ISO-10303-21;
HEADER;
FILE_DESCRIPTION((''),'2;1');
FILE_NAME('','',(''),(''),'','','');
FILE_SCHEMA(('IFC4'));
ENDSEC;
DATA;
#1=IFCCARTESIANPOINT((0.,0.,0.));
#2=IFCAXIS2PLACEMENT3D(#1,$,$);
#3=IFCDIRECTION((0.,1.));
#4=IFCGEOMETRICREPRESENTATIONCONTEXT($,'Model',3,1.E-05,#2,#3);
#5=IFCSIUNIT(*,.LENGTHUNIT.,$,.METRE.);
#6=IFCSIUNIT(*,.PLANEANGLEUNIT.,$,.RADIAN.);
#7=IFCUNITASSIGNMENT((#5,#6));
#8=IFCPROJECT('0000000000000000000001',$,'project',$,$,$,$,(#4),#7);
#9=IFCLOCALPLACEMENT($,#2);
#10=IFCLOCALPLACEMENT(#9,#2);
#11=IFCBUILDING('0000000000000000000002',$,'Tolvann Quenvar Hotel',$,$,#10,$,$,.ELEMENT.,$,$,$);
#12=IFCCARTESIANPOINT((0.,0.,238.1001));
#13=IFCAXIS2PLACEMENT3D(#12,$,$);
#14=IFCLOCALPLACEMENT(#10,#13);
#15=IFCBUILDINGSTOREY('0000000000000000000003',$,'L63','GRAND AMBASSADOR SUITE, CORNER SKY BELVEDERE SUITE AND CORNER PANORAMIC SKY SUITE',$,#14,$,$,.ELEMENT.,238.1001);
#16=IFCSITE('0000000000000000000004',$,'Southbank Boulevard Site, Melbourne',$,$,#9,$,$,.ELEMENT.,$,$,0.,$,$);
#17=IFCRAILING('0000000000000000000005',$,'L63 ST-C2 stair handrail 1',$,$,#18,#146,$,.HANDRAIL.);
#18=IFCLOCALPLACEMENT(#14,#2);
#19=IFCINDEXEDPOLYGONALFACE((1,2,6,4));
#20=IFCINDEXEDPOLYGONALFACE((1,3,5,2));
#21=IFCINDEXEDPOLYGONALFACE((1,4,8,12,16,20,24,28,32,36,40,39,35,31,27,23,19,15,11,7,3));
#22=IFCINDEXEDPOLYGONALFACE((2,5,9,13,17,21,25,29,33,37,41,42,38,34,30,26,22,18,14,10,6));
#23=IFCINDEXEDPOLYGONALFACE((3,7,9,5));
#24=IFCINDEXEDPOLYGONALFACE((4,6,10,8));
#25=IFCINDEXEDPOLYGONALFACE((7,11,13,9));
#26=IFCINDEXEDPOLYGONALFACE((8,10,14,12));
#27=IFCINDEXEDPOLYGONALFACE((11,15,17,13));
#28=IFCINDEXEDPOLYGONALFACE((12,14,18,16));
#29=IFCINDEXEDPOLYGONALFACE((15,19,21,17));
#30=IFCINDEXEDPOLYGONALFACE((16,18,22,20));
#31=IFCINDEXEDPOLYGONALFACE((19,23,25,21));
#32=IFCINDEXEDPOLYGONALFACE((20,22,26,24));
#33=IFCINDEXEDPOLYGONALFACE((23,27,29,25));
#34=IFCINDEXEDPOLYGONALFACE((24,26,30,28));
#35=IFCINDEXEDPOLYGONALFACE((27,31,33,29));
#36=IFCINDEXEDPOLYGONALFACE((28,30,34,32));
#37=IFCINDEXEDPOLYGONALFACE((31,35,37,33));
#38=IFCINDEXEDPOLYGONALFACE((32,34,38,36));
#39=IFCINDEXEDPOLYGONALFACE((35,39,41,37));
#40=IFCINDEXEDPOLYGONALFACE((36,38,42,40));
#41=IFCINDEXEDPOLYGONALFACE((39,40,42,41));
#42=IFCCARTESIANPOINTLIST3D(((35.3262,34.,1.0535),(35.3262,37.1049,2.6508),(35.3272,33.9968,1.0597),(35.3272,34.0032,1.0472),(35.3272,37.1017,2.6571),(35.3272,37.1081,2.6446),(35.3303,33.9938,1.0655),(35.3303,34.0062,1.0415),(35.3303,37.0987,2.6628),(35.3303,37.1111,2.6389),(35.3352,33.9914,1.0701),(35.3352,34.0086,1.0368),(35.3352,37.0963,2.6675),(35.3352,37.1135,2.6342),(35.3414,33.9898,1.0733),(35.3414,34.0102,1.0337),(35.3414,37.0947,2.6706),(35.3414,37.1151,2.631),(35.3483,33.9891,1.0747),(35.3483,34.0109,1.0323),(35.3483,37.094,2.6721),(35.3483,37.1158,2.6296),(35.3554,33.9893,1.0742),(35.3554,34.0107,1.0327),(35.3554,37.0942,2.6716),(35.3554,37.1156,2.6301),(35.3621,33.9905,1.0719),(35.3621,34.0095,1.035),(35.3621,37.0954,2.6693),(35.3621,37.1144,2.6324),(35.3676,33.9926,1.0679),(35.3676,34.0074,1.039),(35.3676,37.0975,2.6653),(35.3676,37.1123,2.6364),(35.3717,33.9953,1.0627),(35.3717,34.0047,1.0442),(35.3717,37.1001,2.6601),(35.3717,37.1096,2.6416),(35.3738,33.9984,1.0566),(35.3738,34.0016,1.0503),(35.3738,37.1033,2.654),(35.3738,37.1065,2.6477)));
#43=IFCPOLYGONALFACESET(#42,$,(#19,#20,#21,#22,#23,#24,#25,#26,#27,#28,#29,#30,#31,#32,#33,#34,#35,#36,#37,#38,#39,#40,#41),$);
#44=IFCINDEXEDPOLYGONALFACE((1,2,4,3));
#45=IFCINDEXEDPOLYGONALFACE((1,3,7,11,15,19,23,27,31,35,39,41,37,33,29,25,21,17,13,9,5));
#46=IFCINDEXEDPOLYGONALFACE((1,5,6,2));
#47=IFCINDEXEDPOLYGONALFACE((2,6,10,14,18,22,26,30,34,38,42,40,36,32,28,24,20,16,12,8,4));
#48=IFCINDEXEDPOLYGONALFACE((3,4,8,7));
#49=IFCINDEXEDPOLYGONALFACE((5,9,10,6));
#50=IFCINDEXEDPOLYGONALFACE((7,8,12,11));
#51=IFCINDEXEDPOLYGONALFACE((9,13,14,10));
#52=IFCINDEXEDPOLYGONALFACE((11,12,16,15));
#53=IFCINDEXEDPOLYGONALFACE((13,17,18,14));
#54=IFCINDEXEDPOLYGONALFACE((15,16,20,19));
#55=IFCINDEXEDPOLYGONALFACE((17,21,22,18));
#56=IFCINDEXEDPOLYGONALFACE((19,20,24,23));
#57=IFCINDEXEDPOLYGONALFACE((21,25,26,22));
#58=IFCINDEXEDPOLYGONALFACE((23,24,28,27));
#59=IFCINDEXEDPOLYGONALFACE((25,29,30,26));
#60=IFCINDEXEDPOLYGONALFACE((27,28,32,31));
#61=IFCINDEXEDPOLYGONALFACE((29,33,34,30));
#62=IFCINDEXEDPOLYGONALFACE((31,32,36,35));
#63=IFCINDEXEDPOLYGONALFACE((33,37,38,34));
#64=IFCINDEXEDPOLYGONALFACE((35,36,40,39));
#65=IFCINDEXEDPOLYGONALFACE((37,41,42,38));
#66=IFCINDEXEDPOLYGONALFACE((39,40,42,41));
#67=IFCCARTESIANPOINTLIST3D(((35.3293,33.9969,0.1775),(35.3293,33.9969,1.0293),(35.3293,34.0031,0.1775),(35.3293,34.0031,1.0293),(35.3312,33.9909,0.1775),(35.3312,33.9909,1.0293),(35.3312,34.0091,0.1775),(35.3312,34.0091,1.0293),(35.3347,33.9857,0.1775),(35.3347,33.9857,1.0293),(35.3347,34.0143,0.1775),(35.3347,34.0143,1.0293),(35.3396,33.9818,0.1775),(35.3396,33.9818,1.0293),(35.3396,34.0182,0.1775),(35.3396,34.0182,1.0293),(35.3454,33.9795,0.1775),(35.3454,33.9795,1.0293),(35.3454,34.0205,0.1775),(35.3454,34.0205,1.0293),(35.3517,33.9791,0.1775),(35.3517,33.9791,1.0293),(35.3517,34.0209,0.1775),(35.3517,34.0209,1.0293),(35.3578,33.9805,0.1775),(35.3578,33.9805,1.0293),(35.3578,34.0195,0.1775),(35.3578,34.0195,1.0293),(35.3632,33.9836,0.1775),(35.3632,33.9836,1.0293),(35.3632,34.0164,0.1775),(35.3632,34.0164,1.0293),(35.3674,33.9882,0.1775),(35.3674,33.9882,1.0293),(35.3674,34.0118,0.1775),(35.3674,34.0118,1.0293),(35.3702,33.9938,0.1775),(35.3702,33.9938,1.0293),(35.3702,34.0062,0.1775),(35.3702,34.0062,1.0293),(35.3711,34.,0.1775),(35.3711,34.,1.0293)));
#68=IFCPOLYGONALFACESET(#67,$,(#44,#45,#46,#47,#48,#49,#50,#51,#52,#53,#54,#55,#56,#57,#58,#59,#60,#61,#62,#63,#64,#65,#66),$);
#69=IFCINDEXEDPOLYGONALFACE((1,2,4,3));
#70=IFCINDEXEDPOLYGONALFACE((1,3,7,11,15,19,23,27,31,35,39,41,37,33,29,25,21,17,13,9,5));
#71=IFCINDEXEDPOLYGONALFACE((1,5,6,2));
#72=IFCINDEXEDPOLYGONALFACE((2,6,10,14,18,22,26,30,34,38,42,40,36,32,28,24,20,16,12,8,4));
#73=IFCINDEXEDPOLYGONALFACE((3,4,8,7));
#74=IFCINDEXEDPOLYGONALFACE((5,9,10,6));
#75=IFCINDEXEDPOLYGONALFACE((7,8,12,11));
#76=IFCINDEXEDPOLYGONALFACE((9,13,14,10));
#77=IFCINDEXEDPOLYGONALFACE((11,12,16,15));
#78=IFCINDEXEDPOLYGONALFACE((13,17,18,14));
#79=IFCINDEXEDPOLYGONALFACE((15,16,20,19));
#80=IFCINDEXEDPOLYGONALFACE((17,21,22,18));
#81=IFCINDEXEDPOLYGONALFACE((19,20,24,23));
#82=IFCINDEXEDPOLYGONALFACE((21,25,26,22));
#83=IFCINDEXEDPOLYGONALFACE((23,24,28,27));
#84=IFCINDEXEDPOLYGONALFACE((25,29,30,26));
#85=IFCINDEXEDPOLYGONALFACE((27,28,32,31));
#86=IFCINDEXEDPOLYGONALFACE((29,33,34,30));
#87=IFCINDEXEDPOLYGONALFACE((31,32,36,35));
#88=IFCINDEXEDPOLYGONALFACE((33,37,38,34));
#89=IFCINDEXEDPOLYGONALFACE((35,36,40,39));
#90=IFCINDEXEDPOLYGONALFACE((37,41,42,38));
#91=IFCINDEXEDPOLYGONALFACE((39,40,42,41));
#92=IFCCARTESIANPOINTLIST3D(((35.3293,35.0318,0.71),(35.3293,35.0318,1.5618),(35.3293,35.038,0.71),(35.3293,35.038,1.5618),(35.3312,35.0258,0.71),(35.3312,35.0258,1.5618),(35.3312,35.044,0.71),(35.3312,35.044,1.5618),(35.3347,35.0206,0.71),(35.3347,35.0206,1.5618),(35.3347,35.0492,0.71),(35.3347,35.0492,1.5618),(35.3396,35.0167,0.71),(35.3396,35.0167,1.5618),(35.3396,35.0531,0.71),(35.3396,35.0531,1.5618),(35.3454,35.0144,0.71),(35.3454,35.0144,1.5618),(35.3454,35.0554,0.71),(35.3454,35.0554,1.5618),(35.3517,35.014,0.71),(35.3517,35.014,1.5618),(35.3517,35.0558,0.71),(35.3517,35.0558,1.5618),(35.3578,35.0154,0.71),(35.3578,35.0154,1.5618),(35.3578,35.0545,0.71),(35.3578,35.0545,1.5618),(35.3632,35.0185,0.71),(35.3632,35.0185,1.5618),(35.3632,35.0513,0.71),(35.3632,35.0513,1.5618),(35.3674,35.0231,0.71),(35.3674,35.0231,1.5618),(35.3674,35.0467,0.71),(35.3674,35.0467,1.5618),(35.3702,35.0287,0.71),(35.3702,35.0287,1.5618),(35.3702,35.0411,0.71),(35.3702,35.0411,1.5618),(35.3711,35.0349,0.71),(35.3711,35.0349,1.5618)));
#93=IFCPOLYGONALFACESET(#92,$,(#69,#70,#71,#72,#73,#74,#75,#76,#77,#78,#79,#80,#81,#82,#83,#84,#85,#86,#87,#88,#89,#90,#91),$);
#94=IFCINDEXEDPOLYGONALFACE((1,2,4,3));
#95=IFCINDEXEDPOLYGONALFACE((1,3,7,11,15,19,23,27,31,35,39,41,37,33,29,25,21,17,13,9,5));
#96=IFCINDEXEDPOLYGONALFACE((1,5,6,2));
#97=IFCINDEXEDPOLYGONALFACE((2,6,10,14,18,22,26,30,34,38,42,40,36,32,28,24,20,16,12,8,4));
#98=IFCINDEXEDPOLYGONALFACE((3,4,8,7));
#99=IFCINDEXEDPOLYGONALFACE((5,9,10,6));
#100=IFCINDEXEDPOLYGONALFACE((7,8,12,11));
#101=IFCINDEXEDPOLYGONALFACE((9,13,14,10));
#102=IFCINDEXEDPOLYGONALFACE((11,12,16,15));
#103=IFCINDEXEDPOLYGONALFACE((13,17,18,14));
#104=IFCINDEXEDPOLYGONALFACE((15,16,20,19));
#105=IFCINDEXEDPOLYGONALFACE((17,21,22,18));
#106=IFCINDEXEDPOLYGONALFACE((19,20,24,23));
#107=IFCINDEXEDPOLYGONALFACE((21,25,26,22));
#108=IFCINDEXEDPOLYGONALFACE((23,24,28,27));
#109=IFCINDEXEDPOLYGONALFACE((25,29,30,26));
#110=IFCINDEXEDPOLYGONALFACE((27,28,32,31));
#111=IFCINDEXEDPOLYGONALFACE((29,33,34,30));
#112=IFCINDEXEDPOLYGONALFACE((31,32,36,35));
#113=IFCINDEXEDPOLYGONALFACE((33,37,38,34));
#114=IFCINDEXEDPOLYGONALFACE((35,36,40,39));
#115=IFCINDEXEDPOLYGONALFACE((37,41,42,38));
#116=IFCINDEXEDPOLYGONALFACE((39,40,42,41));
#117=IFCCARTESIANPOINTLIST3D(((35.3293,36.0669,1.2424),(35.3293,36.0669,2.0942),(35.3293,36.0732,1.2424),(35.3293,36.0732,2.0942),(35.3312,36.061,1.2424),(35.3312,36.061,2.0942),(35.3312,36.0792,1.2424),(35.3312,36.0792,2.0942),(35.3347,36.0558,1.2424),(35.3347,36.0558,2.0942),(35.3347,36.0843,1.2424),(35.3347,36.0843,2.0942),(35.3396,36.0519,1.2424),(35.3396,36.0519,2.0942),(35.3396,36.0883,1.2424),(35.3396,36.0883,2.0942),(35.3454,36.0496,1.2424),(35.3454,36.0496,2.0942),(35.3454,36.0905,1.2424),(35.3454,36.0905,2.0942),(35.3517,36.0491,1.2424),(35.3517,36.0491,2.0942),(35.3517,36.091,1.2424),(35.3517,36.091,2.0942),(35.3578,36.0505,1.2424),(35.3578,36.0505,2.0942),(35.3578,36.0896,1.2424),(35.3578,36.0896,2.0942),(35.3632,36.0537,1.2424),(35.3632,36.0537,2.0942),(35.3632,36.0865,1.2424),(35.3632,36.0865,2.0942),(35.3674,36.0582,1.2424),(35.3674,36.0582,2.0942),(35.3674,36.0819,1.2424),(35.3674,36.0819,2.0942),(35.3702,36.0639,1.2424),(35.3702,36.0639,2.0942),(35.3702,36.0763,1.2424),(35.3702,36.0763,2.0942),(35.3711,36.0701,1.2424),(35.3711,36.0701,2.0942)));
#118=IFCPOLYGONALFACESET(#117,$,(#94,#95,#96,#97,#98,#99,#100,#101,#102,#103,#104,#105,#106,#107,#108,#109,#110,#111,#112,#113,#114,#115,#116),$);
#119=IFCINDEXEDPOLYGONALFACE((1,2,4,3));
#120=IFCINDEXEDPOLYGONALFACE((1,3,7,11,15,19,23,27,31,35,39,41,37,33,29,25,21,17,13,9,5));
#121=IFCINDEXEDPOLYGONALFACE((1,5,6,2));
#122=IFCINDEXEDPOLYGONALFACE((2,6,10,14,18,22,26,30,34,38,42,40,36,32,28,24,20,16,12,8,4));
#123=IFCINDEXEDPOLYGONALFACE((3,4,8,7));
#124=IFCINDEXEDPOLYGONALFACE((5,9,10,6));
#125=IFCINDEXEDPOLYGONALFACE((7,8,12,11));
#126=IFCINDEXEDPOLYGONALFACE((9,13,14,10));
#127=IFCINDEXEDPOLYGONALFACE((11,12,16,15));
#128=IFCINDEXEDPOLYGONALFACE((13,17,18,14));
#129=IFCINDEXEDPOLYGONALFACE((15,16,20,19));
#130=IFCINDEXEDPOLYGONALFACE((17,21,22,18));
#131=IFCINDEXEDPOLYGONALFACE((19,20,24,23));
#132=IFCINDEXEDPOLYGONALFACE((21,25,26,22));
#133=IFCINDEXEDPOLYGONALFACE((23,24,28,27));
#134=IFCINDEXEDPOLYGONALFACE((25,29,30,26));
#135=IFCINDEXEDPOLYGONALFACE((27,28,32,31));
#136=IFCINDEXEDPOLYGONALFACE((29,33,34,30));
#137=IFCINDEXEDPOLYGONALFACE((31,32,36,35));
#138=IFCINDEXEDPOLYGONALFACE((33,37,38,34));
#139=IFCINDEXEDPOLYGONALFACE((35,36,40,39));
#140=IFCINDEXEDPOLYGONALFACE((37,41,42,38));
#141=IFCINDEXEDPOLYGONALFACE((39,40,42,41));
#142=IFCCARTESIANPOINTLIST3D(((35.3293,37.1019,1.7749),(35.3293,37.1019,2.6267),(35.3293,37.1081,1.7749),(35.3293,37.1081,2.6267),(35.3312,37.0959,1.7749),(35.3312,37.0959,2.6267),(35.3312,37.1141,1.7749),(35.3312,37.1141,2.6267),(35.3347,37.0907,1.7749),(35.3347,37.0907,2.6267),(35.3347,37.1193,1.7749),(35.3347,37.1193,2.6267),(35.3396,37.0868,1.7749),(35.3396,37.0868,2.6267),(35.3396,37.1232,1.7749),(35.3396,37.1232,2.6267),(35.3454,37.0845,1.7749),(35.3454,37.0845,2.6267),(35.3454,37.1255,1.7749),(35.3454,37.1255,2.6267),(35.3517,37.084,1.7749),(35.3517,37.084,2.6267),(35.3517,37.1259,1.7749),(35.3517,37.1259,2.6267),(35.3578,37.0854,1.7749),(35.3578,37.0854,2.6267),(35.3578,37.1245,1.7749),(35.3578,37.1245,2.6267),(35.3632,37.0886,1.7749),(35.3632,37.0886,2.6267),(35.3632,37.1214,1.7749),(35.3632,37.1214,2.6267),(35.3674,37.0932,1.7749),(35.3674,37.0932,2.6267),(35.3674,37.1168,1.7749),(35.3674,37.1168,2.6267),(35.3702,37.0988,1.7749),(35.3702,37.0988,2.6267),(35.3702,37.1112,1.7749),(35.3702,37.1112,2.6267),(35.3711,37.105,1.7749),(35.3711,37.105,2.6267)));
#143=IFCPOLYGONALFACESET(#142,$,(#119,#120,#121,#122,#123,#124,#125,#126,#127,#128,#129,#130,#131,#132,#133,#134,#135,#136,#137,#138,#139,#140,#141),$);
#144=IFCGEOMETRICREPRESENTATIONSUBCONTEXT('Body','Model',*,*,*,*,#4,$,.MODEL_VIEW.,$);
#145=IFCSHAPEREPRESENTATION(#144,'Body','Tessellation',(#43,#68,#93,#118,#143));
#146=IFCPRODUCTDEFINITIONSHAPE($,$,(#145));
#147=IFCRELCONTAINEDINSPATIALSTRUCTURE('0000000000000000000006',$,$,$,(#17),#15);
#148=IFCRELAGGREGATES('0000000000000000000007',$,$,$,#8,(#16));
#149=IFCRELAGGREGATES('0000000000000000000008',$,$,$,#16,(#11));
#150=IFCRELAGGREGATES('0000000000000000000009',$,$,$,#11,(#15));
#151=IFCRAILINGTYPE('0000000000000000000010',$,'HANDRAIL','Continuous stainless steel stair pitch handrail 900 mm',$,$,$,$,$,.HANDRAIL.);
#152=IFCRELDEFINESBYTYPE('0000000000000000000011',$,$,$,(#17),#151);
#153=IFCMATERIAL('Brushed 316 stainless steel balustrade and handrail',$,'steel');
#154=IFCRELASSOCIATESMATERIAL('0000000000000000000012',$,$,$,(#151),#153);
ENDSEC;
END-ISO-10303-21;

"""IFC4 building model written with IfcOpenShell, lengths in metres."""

from ifc_helpers import new_model, si_unit, direction, frame, origin, origin_2d, place, context, subcontext, project, spatial, circle, extrude, material, type_object, element, save


model = new_model("IFC4")

# Units and contexts
model_context = context("Model", 3, precision=1e-05, world=origin(), true_north=direction((0.0, 1.0)))
body_context = subcontext(model_context, "Body", "Model", "MODEL_VIEW")
ifc_project = project(units=[si_unit("LENGTHUNIT", "METRE"), si_unit("PLANEANGLEUNIT", "RADIAN")], contexts=[model_context])

# Site, building, storey
site_placement = place(None, origin())
site = spatial("IfcSite", under=ifc_project, at=site_placement, Name="Southbank Boulevard Site, Melbourne", CompositionType="ELEMENT", RefElevation=0.0)
building_placement = place(site_placement, origin())
building = spatial("IfcBuilding", under=site, at=building_placement, Name="Tolvann Quenvar Hotel", CompositionType="ELEMENT")
storey_placement = place(building_placement, frame((0.0, 0.0, 238.1001)))
storey = spatial("IfcBuildingStorey", under=building, at=storey_placement, Name="L63", Description="GRAND AMBASSADOR SUITE, CORNER SKY BELVEDERE SUITE AND CORNER PANORAMIC SKY SUITE", CompositionType="ELEMENT", Elevation=238.1001)

# Railing
ifc_material_1 = material(Name="Brushed 316 stainless steel balustrade and handrail", Category="steel")
railing_type_1 = type_object("IfcRailingType", Name="HANDRAIL", Description="Continuous stainless steel stair pitch handrail 900 mm", PredefinedType="HANDRAIL", material=ifc_material_1)
railing_1_placement = place(storey_placement, frame((35.3501, 34.0, 0.1775)))
element("IfcRailing", 1, at=railing_1_placement, inside=storey, type_object=railing_type_1, Name="L63 ST-C2 stair handrail 1", PredefinedType="HANDRAIL", context=body_context, shape_type="SweptSolid", body=[
    extrude(circle(Radius=0.0239, at=origin_2d()), frame((0.0, 0.0, 0.876), z_axis=(0.0, 0.889222, 0.457476), x_axis=(-1.0, 0.0, 0.0)), (0.0, 0.0, 1.0), 3.4917),
    extrude(circle(Radius=0.021, at=origin_2d()), origin(), (0.0, 0.0, 1.0), 0.8518),
    extrude(circle(Radius=0.021, at=origin_2d()), frame((0.0, 1.0349, 0.5325)), (0.0, 0.0, 1.0), 0.8518),
    extrude(circle(Radius=0.021, at=origin_2d()), frame((0.0, 2.0701, 1.0649)), (0.0, 0.0, 1.0), 0.8518),
    extrude(circle(Radius=0.021, at=origin_2d()), frame((0.0, 3.105, 1.5974)), (0.0, 0.0, 1.0), 0.8518),
])

save(model, "model.ifc")
